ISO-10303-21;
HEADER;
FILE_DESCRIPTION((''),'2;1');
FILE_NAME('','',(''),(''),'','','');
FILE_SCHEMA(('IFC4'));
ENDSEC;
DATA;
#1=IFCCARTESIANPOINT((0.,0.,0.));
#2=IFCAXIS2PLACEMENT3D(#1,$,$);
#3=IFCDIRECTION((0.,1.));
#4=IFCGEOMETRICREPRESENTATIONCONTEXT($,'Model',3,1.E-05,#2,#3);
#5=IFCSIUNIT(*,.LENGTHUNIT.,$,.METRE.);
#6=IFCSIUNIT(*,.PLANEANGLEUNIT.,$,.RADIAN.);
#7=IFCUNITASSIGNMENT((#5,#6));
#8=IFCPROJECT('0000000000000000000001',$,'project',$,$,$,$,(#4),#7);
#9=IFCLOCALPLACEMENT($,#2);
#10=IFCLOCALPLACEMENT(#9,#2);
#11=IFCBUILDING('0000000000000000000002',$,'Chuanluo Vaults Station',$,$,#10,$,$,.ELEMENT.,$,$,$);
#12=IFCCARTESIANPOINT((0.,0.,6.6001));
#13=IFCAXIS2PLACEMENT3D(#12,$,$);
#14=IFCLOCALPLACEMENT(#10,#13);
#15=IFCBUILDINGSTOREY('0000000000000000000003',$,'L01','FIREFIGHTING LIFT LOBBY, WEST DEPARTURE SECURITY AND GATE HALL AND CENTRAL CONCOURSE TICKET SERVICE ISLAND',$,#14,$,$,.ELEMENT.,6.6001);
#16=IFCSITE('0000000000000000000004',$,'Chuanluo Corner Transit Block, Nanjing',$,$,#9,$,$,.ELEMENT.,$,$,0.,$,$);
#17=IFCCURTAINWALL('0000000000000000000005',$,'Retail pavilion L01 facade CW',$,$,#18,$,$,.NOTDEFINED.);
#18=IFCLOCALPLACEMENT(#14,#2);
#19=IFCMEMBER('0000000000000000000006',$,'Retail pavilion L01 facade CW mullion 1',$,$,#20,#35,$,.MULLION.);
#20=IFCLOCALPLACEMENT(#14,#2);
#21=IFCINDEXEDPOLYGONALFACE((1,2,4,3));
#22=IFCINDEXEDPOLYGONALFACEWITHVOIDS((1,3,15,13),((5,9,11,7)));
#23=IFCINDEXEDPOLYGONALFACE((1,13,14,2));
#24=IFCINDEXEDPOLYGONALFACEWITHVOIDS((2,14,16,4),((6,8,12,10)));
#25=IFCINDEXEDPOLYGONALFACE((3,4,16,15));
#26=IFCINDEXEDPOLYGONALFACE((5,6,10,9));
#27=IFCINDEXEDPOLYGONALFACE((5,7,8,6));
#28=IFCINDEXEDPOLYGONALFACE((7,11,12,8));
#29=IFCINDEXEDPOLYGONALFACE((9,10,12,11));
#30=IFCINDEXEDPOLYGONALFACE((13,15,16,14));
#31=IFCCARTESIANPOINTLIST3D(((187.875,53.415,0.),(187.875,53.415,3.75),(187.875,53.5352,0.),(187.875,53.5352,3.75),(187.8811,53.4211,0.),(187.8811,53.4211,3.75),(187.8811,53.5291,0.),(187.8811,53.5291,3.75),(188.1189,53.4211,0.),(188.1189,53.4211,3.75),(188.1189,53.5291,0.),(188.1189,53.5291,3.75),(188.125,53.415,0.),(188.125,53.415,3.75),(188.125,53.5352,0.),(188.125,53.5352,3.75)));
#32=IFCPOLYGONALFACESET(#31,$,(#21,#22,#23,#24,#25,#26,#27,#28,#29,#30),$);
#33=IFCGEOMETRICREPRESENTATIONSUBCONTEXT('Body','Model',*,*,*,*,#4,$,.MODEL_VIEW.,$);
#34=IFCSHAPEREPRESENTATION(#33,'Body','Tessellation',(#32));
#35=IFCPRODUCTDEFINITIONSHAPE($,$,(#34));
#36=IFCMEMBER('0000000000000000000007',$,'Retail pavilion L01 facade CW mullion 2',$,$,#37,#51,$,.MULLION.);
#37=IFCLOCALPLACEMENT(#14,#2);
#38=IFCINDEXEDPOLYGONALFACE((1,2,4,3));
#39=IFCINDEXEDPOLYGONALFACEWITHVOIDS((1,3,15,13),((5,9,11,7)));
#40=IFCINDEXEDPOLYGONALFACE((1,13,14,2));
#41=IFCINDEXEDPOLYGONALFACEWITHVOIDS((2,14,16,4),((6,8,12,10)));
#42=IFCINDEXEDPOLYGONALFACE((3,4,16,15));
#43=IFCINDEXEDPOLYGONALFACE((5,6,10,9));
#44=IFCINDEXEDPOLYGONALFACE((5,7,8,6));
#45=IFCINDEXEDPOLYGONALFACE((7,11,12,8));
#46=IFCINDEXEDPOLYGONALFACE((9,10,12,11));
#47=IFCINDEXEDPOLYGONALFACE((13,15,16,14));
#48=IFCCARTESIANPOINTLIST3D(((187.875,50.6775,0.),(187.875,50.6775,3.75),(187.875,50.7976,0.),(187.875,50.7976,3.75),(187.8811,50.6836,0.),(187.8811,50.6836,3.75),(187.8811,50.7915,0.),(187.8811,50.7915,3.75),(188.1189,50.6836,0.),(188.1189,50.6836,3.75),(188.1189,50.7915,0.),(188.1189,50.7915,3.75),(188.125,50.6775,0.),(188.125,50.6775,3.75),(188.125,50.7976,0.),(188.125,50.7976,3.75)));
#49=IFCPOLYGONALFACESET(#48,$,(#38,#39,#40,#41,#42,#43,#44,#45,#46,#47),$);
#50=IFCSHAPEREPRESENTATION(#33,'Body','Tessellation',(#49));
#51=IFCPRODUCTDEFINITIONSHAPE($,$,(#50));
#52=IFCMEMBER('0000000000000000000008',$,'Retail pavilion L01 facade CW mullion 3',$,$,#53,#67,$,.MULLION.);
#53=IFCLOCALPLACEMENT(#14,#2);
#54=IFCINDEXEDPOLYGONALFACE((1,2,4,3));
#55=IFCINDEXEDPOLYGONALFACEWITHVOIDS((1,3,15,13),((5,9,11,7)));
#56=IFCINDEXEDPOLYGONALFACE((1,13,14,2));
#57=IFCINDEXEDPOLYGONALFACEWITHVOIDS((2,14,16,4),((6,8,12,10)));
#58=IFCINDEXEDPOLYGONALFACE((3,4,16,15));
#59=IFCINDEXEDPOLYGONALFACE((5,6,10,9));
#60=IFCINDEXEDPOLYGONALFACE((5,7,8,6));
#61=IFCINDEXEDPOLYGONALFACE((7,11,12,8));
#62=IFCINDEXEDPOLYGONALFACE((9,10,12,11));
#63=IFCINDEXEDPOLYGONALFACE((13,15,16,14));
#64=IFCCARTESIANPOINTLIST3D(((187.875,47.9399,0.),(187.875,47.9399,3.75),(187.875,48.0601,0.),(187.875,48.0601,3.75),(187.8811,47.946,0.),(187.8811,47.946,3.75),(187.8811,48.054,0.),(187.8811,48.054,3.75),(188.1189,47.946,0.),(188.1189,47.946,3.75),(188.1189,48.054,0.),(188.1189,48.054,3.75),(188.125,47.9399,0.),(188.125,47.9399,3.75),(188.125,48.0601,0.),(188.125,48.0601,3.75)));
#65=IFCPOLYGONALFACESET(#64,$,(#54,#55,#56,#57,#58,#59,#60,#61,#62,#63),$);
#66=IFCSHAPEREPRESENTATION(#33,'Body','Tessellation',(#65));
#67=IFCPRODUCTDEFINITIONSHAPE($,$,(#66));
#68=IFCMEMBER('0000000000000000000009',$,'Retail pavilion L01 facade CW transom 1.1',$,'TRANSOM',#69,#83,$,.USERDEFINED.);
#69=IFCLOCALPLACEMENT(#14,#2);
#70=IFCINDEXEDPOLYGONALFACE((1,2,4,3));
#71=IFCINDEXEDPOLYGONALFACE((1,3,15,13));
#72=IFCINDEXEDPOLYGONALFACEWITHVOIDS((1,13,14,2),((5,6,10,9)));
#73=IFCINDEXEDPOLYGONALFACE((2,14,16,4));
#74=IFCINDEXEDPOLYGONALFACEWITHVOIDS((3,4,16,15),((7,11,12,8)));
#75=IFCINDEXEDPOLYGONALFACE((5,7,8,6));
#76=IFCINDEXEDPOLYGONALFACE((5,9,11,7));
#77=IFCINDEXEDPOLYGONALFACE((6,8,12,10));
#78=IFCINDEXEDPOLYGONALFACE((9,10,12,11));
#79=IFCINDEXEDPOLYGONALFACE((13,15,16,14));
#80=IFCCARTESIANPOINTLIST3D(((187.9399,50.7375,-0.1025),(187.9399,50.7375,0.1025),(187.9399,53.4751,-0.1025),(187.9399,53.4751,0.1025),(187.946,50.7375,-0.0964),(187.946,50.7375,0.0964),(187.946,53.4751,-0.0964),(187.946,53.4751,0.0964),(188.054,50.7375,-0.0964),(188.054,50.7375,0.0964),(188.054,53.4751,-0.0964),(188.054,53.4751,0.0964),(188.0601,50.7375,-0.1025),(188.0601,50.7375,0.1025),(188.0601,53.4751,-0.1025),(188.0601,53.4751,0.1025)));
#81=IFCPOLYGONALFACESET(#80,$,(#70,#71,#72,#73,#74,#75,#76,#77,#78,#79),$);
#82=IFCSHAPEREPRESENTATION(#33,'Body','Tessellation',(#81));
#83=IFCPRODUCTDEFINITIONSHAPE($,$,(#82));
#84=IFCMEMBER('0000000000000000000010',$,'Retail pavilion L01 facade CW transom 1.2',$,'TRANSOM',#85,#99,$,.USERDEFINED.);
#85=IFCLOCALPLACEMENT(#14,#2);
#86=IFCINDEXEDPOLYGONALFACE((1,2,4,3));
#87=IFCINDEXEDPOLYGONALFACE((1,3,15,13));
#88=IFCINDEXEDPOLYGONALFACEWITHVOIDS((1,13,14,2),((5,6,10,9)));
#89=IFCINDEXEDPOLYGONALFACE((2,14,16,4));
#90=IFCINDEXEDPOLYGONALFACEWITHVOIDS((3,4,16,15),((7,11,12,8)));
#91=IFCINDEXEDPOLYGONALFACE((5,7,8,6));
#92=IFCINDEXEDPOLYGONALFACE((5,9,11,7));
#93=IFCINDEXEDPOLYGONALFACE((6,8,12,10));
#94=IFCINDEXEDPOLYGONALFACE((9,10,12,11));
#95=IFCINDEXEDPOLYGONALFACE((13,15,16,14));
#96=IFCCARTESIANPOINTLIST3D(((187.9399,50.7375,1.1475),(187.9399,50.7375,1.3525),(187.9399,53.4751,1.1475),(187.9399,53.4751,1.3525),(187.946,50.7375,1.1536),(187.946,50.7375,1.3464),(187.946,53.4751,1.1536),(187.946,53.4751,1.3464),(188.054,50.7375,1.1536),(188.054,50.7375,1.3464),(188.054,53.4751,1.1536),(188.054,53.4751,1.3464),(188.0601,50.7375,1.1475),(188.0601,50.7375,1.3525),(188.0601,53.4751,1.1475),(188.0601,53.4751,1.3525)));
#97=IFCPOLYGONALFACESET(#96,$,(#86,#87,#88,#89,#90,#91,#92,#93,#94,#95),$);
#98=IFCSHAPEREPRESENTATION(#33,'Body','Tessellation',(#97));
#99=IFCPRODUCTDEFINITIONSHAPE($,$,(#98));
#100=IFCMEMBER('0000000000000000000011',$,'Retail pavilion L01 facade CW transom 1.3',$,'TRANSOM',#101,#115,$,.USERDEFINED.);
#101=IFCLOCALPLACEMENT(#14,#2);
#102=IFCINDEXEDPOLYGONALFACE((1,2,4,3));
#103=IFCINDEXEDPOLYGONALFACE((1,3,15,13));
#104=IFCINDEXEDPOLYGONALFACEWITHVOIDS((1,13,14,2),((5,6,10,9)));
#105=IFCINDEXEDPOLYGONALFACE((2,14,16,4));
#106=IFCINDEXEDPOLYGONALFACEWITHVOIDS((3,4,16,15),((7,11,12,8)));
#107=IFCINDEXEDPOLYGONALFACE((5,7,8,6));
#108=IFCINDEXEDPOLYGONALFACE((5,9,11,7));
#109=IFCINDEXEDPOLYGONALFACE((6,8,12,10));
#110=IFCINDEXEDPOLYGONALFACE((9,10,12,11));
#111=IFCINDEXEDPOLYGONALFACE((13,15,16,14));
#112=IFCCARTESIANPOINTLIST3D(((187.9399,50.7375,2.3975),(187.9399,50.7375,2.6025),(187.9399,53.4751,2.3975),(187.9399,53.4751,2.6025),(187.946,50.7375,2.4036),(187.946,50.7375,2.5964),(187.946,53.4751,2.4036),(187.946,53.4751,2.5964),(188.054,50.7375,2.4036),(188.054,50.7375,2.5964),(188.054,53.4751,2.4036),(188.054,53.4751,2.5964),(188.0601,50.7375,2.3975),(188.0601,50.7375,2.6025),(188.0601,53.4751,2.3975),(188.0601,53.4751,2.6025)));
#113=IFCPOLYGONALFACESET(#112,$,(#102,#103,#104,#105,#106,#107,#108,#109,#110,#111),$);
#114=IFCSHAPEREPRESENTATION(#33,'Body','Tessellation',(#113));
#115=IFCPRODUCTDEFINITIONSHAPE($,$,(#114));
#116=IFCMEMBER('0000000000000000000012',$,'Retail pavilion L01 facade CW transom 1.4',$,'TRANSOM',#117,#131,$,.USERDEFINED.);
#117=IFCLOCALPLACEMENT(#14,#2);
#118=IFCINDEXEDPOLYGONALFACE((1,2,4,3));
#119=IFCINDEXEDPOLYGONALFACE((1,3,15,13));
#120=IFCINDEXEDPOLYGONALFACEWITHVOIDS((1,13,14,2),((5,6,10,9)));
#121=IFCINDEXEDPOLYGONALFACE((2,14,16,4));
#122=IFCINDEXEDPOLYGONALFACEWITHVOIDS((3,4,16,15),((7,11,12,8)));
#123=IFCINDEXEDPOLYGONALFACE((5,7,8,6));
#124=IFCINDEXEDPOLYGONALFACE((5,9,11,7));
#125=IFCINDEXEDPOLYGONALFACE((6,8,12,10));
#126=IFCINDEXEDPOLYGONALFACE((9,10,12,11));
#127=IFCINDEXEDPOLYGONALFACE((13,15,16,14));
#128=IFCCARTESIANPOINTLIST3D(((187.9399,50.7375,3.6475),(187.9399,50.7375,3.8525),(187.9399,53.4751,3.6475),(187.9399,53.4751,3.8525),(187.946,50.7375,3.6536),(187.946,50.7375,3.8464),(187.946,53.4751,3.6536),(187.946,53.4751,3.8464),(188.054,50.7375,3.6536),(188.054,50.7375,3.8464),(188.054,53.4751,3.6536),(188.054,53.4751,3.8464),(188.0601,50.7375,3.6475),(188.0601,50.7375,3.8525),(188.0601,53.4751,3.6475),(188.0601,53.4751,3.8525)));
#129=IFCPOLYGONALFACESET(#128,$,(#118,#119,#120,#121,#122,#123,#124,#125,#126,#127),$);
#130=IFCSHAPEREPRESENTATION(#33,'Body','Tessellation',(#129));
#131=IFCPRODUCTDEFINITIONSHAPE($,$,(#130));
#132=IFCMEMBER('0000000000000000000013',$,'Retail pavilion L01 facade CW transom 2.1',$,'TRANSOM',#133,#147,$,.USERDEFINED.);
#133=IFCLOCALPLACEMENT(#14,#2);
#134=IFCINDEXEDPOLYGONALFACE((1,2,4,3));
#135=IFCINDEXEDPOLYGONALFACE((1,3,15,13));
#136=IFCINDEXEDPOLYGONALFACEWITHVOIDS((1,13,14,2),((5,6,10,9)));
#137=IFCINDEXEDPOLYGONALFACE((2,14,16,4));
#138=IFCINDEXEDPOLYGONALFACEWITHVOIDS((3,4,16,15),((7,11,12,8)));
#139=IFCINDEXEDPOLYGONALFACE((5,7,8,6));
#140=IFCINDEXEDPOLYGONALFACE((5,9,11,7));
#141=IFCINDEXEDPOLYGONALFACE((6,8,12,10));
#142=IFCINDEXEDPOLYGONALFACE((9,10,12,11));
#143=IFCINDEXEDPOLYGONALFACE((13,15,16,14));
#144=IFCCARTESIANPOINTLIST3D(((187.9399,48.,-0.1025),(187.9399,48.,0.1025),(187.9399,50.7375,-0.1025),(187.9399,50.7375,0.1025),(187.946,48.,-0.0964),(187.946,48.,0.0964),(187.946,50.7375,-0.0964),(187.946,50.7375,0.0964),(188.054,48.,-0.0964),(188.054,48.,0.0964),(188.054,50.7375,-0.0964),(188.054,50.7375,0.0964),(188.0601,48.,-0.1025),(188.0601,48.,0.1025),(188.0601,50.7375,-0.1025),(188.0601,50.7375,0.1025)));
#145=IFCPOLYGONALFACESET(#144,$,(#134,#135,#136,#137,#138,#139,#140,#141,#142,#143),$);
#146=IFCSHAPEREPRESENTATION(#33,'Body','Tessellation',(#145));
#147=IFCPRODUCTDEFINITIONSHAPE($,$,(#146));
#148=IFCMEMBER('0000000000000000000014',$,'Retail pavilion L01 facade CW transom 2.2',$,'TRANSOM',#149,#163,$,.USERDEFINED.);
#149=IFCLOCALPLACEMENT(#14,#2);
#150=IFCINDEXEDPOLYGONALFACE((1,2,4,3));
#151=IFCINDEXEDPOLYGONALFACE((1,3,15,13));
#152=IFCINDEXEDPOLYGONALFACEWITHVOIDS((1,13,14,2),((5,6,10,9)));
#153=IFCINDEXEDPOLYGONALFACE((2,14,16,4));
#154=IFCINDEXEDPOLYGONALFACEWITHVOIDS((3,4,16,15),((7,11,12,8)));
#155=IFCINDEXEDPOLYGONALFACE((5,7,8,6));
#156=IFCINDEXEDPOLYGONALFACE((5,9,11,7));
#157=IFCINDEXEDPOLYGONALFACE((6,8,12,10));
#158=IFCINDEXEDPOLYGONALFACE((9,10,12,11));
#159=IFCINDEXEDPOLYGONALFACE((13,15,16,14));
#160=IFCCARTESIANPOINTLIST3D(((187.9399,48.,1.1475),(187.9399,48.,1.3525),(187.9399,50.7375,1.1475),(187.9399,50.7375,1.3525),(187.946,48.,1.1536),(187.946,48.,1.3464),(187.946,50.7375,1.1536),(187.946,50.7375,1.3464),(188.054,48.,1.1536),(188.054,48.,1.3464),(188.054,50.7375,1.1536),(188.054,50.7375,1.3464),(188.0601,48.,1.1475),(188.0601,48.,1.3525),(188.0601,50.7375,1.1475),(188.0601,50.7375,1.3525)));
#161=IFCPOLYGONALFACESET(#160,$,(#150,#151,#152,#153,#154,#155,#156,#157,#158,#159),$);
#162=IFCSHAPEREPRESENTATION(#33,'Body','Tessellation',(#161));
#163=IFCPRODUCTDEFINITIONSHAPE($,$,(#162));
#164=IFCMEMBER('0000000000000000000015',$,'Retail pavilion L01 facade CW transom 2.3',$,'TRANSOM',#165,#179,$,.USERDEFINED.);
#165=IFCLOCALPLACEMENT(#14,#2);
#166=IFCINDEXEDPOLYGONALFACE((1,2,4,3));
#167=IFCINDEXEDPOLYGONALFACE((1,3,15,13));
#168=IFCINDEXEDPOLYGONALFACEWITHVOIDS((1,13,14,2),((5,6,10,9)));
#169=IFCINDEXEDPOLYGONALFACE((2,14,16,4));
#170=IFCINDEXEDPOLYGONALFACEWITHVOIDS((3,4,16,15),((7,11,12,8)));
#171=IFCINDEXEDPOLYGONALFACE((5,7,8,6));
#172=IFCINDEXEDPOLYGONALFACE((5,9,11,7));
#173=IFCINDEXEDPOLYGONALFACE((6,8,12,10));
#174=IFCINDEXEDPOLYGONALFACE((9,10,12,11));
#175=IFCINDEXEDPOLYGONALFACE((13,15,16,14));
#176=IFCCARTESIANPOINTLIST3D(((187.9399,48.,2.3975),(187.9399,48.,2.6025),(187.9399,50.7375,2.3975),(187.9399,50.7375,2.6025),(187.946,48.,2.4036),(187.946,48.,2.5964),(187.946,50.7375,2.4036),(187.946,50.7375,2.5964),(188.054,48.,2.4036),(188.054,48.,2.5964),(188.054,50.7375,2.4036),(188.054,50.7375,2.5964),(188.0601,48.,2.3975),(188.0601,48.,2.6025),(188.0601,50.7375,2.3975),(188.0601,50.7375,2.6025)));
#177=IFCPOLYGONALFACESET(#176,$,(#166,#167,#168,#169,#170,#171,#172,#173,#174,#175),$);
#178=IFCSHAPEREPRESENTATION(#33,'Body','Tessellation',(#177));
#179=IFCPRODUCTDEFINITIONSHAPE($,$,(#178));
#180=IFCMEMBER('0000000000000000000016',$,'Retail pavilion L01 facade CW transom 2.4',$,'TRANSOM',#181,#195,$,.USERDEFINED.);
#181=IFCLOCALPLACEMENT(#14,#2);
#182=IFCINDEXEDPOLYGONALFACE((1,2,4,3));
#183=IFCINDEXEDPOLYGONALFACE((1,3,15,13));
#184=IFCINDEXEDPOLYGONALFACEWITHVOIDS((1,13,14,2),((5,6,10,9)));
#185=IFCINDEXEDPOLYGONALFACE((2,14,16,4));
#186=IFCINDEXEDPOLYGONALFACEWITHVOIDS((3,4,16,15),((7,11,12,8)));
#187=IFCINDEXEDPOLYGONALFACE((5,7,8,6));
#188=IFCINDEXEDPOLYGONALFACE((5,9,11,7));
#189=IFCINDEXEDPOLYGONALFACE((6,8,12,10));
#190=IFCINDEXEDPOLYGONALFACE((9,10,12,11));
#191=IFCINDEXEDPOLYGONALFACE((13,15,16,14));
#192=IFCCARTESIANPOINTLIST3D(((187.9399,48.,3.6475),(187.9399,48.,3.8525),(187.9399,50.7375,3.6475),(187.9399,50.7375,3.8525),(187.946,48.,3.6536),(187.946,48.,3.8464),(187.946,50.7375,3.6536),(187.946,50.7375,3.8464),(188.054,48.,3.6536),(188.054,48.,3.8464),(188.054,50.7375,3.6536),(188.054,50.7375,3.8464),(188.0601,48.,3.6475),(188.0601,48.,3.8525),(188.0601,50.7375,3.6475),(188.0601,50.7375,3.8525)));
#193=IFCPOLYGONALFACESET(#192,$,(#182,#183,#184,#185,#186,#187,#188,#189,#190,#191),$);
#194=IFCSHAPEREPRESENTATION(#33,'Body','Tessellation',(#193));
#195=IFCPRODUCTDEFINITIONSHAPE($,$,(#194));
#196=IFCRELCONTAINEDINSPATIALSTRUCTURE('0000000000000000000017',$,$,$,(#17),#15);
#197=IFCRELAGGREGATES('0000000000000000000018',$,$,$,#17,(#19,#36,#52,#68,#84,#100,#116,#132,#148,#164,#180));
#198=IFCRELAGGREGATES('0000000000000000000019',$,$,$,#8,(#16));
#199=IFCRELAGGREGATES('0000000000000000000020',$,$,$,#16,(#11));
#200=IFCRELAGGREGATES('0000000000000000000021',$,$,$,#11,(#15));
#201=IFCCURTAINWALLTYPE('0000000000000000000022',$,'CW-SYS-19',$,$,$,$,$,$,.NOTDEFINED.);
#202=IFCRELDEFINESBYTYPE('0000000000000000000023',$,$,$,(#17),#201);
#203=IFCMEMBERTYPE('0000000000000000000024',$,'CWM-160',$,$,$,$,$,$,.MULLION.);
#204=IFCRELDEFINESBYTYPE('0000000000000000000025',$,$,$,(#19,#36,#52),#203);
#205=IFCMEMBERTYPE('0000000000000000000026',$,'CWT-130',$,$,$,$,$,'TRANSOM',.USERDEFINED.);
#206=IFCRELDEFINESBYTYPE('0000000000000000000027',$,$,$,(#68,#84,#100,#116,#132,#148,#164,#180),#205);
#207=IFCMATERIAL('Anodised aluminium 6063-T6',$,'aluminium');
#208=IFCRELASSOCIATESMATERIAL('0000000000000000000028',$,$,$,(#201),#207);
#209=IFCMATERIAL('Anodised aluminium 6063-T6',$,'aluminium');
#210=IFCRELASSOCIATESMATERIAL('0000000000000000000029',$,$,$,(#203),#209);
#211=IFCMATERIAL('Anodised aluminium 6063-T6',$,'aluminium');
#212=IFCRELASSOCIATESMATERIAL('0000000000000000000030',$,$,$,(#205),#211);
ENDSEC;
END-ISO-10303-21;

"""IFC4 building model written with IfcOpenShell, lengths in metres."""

from ifc_helpers import new_model, si_unit, direction, frame, origin, origin_2d, place, context, subcontext, project, spatial, hollow_rectangle, extrude, material, material_profile, profile_set, type_object, element, aggregate, save


model = new_model("IFC4")

# Units and contexts
model_context = context("Model", 3, precision=1e-05, world=origin(), true_north=direction((0.0, 1.0)))
body_context = subcontext(model_context, "Body", "Model", "MODEL_VIEW")
ifc_project = project(units=[si_unit("LENGTHUNIT", "METRE"), si_unit("PLANEANGLEUNIT", "RADIAN")], contexts=[model_context])

# Site, building, storey
site_placement = place(None, origin())
site = spatial("IfcSite", under=ifc_project, at=site_placement, Name="Chuanluo Corner Transit Block, Nanjing", CompositionType="ELEMENT", RefElevation=0.0)
building_placement = place(site_placement, origin())
building = spatial("IfcBuilding", under=site, at=building_placement, Name="Chuanluo Vaults Station", CompositionType="ELEMENT")
storey_placement = place(building_placement, frame((0.0, 0.0, 6.6001)))
storey = spatial("IfcBuildingStorey", under=building, at=storey_placement, Name="L01", Description="FIREFIGHTING LIFT LOBBY, WEST DEPARTURE SECURITY AND GATE HALL AND CENTRAL CONCOURSE TICKET SERVICE ISLAND", CompositionType="ELEMENT", Elevation=6.6001)

# Curtain wall, members
ifc_material_1 = material(Name="Anodised aluminium 6063-T6", Category="aluminium")
curtain_wall_type = type_object("IfcCurtainWallType", Name="CW-SYS-19", PredefinedType="NOTDEFINED", material=ifc_material_1)
curtain_wall_placement = place(storey_placement, origin())
curtain_wall = element("IfcCurtainWall", 1, at=curtain_wall_placement, inside=storey, type_object=curtain_wall_type, Name="Retail pavilion L01 facade CW", PredefinedType="NOTDEFINED")
ifc_material_2 = material(Name="Anodised aluminium 6063-T6", Category="aluminium")
ifc_material_profile_1 = material_profile(ifc_material_2, hollow_rectangle(XDim=0.1201, YDim=0.25, WallThickness=0.0061, at=origin_2d()))
ifc_profile_set_1 = profile_set([ifc_material_profile_1], Name="Anodised aluminium 6063-T6")
member_type_1 = type_object("IfcMemberType", Name="CWM-160", PredefinedType="MULLION", material=ifc_profile_set_1)
member_1_placement = place(storey_placement, frame((188.0, 53.4751, 0.0), z_axis=(0.0, 0.0, 1.0), x_axis=(0.0, -1.0, 0.0)))
member_1 = element("IfcMember", 2, at=member_1_placement, type_object=member_type_1, Name="Retail pavilion L01 facade CW mullion 1", PredefinedType="MULLION", context=body_context, shape_type="SweptSolid", body=[
    extrude(hollow_rectangle(XDim=0.1201, YDim=0.25, WallThickness=0.0061, at=origin_2d()), origin(), (0.0, 0.0, 1.0), 3.75),
])
member_2_placement = place(storey_placement, frame((188.0, 50.7375, 0.0), z_axis=(0.0, 0.0, 1.0), x_axis=(0.0, -1.0, 0.0)))
member_2 = element("IfcMember", 3, at=member_2_placement, type_object=member_type_1, Name="Retail pavilion L01 facade CW mullion 2", PredefinedType="MULLION", context=body_context, shape_type="SweptSolid", body=[
    extrude(hollow_rectangle(XDim=0.1201, YDim=0.25, WallThickness=0.0061, at=origin_2d()), origin(), (0.0, 0.0, 1.0), 3.75),
])
member_3_placement = place(storey_placement, frame((188.0, 48.0, 0.0), z_axis=(0.0, 0.0, 1.0), x_axis=(0.0, -1.0, 0.0)))
member_3 = element("IfcMember", 4, at=member_3_placement, type_object=member_type_1, Name="Retail pavilion L01 facade CW mullion 3", PredefinedType="MULLION", context=body_context, shape_type="SweptSolid", body=[
    extrude(hollow_rectangle(XDim=0.1201, YDim=0.25, WallThickness=0.0061, at=origin_2d()), origin(), (0.0, 0.0, 1.0), 3.75),
])
ifc_material_3 = material(Name="Anodised aluminium 6063-T6", Category="aluminium")
ifc_material_profile_2 = material_profile(ifc_material_3, hollow_rectangle(XDim=0.1201, YDim=0.2051, WallThickness=0.0061, at=origin_2d()))
ifc_profile_set_2 = profile_set([ifc_material_profile_2], Name="Anodised aluminium 6063-T6")
member_type_2 = type_object("IfcMemberType", Name="CWT-130", ElementType="TRANSOM", PredefinedType="USERDEFINED", material=ifc_profile_set_2)
member_4_placement = place(storey_placement, frame((188.0, 53.4751, 0.0), z_axis=(0.0, -1.0, 0.0), x_axis=(1.0, 0.0, 0.0)))
member_4 = element("IfcMember", 5, at=member_4_placement, type_object=member_type_2, Name="Retail pavilion L01 facade CW transom 1.1", ObjectType="TRANSOM", PredefinedType="USERDEFINED", context=body_context, shape_type="SweptSolid", body=[
    extrude(hollow_rectangle(XDim=0.1201, YDim=0.2051, WallThickness=0.0061, at=origin_2d()), origin(), (0.0, 0.0, 1.0), 2.7375),
])
member_5_placement = place(storey_placement, frame((188.0, 53.4751, 1.25), z_axis=(0.0, -1.0, 0.0), x_axis=(1.0, 0.0, 0.0)))
member_5 = element("IfcMember", 6, at=member_5_placement, type_object=member_type_2, Name="Retail pavilion L01 facade CW transom 1.2", ObjectType="TRANSOM", PredefinedType="USERDEFINED", context=body_context, shape_type="SweptSolid", body=[
    extrude(hollow_rectangle(XDim=0.1201, YDim=0.2051, WallThickness=0.0061, at=origin_2d()), origin(), (0.0, 0.0, 1.0), 2.7375),
])
member_6_placement = place(storey_placement, frame((188.0, 53.4751, 2.5), z_axis=(0.0, -1.0, 0.0), x_axis=(1.0, 0.0, 0.0)))
member_6 = element("IfcMember", 7, at=member_6_placement, type_object=member_type_2, Name="Retail pavilion L01 facade CW transom 1.3", ObjectType="TRANSOM", PredefinedType="USERDEFINED", context=body_context, shape_type="SweptSolid", body=[
    extrude(hollow_rectangle(XDim=0.1201, YDim=0.2051, WallThickness=0.0061, at=origin_2d()), origin(), (0.0, 0.0, 1.0), 2.7375),
])
member_7_placement = place(storey_placement, frame((188.0, 53.4751, 3.75), z_axis=(0.0, -1.0, 0.0), x_axis=(1.0, 0.0, 0.0)))
member_7 = element("IfcMember", 8, at=member_7_placement, type_object=member_type_2, Name="Retail pavilion L01 facade CW transom 1.4", ObjectType="TRANSOM", PredefinedType="USERDEFINED", context=body_context, shape_type="SweptSolid", body=[
    extrude(hollow_rectangle(XDim=0.1201, YDim=0.2051, WallThickness=0.0061, at=origin_2d()), origin(), (0.0, 0.0, 1.0), 2.7375),
])
member_8_placement = place(storey_placement, frame((188.0, 50.7375, 0.0), z_axis=(0.0, -1.0, 0.0), x_axis=(1.0, 0.0, 0.0)))
member_8 = element("IfcMember", 9, at=member_8_placement, type_object=member_type_2, Name="Retail pavilion L01 facade CW transom 2.1", ObjectType="TRANSOM", PredefinedType="USERDEFINED", context=body_context, shape_type="SweptSolid", body=[
    extrude(hollow_rectangle(XDim=0.1201, YDim=0.2051, WallThickness=0.0061, at=origin_2d()), origin(), (0.0, 0.0, 1.0), 2.7375),
])
member_9_placement = place(storey_placement, frame((188.0, 50.7375, 1.25), z_axis=(0.0, -1.0, 0.0), x_axis=(1.0, 0.0, 0.0)))
member_9 = element("IfcMember", 10, at=member_9_placement, type_object=member_type_2, Name="Retail pavilion L01 facade CW transom 2.2", ObjectType="TRANSOM", PredefinedType="USERDEFINED", context=body_context, shape_type="SweptSolid", body=[
    extrude(hollow_rectangle(XDim=0.1201, YDim=0.2051, WallThickness=0.0061, at=origin_2d()), origin(), (0.0, 0.0, 1.0), 2.7375),
])
member_10_placement = place(storey_placement, frame((188.0, 50.7375, 2.5), z_axis=(0.0, -1.0, 0.0), x_axis=(1.0, 0.0, 0.0)))
member_10 = element("IfcMember", 11, at=member_10_placement, type_object=member_type_2, Name="Retail pavilion L01 facade CW transom 2.3", ObjectType="TRANSOM", PredefinedType="USERDEFINED", context=body_context, shape_type="SweptSolid", body=[
    extrude(hollow_rectangle(XDim=0.1201, YDim=0.2051, WallThickness=0.0061, at=origin_2d()), origin(), (0.0, 0.0, 1.0), 2.7375),
])
member_11_placement = place(storey_placement, frame((188.0, 50.7375, 3.75), z_axis=(0.0, -1.0, 0.0), x_axis=(1.0, 0.0, 0.0)))
member_11 = element("IfcMember", 12, at=member_11_placement, type_object=member_type_2, Name="Retail pavilion L01 facade CW transom 2.4", ObjectType="TRANSOM", PredefinedType="USERDEFINED", context=body_context, shape_type="SweptSolid", body=[
    extrude(hollow_rectangle(XDim=0.1201, YDim=0.2051, WallThickness=0.0061, at=origin_2d()), origin(), (0.0, 0.0, 1.0), 2.7375),
])
aggregate(curtain_wall, [member_1, member_2, member_3, member_4, member_5, member_6, member_7, member_8, member_9, member_10, member_11])

save(model, "model.ifc")
